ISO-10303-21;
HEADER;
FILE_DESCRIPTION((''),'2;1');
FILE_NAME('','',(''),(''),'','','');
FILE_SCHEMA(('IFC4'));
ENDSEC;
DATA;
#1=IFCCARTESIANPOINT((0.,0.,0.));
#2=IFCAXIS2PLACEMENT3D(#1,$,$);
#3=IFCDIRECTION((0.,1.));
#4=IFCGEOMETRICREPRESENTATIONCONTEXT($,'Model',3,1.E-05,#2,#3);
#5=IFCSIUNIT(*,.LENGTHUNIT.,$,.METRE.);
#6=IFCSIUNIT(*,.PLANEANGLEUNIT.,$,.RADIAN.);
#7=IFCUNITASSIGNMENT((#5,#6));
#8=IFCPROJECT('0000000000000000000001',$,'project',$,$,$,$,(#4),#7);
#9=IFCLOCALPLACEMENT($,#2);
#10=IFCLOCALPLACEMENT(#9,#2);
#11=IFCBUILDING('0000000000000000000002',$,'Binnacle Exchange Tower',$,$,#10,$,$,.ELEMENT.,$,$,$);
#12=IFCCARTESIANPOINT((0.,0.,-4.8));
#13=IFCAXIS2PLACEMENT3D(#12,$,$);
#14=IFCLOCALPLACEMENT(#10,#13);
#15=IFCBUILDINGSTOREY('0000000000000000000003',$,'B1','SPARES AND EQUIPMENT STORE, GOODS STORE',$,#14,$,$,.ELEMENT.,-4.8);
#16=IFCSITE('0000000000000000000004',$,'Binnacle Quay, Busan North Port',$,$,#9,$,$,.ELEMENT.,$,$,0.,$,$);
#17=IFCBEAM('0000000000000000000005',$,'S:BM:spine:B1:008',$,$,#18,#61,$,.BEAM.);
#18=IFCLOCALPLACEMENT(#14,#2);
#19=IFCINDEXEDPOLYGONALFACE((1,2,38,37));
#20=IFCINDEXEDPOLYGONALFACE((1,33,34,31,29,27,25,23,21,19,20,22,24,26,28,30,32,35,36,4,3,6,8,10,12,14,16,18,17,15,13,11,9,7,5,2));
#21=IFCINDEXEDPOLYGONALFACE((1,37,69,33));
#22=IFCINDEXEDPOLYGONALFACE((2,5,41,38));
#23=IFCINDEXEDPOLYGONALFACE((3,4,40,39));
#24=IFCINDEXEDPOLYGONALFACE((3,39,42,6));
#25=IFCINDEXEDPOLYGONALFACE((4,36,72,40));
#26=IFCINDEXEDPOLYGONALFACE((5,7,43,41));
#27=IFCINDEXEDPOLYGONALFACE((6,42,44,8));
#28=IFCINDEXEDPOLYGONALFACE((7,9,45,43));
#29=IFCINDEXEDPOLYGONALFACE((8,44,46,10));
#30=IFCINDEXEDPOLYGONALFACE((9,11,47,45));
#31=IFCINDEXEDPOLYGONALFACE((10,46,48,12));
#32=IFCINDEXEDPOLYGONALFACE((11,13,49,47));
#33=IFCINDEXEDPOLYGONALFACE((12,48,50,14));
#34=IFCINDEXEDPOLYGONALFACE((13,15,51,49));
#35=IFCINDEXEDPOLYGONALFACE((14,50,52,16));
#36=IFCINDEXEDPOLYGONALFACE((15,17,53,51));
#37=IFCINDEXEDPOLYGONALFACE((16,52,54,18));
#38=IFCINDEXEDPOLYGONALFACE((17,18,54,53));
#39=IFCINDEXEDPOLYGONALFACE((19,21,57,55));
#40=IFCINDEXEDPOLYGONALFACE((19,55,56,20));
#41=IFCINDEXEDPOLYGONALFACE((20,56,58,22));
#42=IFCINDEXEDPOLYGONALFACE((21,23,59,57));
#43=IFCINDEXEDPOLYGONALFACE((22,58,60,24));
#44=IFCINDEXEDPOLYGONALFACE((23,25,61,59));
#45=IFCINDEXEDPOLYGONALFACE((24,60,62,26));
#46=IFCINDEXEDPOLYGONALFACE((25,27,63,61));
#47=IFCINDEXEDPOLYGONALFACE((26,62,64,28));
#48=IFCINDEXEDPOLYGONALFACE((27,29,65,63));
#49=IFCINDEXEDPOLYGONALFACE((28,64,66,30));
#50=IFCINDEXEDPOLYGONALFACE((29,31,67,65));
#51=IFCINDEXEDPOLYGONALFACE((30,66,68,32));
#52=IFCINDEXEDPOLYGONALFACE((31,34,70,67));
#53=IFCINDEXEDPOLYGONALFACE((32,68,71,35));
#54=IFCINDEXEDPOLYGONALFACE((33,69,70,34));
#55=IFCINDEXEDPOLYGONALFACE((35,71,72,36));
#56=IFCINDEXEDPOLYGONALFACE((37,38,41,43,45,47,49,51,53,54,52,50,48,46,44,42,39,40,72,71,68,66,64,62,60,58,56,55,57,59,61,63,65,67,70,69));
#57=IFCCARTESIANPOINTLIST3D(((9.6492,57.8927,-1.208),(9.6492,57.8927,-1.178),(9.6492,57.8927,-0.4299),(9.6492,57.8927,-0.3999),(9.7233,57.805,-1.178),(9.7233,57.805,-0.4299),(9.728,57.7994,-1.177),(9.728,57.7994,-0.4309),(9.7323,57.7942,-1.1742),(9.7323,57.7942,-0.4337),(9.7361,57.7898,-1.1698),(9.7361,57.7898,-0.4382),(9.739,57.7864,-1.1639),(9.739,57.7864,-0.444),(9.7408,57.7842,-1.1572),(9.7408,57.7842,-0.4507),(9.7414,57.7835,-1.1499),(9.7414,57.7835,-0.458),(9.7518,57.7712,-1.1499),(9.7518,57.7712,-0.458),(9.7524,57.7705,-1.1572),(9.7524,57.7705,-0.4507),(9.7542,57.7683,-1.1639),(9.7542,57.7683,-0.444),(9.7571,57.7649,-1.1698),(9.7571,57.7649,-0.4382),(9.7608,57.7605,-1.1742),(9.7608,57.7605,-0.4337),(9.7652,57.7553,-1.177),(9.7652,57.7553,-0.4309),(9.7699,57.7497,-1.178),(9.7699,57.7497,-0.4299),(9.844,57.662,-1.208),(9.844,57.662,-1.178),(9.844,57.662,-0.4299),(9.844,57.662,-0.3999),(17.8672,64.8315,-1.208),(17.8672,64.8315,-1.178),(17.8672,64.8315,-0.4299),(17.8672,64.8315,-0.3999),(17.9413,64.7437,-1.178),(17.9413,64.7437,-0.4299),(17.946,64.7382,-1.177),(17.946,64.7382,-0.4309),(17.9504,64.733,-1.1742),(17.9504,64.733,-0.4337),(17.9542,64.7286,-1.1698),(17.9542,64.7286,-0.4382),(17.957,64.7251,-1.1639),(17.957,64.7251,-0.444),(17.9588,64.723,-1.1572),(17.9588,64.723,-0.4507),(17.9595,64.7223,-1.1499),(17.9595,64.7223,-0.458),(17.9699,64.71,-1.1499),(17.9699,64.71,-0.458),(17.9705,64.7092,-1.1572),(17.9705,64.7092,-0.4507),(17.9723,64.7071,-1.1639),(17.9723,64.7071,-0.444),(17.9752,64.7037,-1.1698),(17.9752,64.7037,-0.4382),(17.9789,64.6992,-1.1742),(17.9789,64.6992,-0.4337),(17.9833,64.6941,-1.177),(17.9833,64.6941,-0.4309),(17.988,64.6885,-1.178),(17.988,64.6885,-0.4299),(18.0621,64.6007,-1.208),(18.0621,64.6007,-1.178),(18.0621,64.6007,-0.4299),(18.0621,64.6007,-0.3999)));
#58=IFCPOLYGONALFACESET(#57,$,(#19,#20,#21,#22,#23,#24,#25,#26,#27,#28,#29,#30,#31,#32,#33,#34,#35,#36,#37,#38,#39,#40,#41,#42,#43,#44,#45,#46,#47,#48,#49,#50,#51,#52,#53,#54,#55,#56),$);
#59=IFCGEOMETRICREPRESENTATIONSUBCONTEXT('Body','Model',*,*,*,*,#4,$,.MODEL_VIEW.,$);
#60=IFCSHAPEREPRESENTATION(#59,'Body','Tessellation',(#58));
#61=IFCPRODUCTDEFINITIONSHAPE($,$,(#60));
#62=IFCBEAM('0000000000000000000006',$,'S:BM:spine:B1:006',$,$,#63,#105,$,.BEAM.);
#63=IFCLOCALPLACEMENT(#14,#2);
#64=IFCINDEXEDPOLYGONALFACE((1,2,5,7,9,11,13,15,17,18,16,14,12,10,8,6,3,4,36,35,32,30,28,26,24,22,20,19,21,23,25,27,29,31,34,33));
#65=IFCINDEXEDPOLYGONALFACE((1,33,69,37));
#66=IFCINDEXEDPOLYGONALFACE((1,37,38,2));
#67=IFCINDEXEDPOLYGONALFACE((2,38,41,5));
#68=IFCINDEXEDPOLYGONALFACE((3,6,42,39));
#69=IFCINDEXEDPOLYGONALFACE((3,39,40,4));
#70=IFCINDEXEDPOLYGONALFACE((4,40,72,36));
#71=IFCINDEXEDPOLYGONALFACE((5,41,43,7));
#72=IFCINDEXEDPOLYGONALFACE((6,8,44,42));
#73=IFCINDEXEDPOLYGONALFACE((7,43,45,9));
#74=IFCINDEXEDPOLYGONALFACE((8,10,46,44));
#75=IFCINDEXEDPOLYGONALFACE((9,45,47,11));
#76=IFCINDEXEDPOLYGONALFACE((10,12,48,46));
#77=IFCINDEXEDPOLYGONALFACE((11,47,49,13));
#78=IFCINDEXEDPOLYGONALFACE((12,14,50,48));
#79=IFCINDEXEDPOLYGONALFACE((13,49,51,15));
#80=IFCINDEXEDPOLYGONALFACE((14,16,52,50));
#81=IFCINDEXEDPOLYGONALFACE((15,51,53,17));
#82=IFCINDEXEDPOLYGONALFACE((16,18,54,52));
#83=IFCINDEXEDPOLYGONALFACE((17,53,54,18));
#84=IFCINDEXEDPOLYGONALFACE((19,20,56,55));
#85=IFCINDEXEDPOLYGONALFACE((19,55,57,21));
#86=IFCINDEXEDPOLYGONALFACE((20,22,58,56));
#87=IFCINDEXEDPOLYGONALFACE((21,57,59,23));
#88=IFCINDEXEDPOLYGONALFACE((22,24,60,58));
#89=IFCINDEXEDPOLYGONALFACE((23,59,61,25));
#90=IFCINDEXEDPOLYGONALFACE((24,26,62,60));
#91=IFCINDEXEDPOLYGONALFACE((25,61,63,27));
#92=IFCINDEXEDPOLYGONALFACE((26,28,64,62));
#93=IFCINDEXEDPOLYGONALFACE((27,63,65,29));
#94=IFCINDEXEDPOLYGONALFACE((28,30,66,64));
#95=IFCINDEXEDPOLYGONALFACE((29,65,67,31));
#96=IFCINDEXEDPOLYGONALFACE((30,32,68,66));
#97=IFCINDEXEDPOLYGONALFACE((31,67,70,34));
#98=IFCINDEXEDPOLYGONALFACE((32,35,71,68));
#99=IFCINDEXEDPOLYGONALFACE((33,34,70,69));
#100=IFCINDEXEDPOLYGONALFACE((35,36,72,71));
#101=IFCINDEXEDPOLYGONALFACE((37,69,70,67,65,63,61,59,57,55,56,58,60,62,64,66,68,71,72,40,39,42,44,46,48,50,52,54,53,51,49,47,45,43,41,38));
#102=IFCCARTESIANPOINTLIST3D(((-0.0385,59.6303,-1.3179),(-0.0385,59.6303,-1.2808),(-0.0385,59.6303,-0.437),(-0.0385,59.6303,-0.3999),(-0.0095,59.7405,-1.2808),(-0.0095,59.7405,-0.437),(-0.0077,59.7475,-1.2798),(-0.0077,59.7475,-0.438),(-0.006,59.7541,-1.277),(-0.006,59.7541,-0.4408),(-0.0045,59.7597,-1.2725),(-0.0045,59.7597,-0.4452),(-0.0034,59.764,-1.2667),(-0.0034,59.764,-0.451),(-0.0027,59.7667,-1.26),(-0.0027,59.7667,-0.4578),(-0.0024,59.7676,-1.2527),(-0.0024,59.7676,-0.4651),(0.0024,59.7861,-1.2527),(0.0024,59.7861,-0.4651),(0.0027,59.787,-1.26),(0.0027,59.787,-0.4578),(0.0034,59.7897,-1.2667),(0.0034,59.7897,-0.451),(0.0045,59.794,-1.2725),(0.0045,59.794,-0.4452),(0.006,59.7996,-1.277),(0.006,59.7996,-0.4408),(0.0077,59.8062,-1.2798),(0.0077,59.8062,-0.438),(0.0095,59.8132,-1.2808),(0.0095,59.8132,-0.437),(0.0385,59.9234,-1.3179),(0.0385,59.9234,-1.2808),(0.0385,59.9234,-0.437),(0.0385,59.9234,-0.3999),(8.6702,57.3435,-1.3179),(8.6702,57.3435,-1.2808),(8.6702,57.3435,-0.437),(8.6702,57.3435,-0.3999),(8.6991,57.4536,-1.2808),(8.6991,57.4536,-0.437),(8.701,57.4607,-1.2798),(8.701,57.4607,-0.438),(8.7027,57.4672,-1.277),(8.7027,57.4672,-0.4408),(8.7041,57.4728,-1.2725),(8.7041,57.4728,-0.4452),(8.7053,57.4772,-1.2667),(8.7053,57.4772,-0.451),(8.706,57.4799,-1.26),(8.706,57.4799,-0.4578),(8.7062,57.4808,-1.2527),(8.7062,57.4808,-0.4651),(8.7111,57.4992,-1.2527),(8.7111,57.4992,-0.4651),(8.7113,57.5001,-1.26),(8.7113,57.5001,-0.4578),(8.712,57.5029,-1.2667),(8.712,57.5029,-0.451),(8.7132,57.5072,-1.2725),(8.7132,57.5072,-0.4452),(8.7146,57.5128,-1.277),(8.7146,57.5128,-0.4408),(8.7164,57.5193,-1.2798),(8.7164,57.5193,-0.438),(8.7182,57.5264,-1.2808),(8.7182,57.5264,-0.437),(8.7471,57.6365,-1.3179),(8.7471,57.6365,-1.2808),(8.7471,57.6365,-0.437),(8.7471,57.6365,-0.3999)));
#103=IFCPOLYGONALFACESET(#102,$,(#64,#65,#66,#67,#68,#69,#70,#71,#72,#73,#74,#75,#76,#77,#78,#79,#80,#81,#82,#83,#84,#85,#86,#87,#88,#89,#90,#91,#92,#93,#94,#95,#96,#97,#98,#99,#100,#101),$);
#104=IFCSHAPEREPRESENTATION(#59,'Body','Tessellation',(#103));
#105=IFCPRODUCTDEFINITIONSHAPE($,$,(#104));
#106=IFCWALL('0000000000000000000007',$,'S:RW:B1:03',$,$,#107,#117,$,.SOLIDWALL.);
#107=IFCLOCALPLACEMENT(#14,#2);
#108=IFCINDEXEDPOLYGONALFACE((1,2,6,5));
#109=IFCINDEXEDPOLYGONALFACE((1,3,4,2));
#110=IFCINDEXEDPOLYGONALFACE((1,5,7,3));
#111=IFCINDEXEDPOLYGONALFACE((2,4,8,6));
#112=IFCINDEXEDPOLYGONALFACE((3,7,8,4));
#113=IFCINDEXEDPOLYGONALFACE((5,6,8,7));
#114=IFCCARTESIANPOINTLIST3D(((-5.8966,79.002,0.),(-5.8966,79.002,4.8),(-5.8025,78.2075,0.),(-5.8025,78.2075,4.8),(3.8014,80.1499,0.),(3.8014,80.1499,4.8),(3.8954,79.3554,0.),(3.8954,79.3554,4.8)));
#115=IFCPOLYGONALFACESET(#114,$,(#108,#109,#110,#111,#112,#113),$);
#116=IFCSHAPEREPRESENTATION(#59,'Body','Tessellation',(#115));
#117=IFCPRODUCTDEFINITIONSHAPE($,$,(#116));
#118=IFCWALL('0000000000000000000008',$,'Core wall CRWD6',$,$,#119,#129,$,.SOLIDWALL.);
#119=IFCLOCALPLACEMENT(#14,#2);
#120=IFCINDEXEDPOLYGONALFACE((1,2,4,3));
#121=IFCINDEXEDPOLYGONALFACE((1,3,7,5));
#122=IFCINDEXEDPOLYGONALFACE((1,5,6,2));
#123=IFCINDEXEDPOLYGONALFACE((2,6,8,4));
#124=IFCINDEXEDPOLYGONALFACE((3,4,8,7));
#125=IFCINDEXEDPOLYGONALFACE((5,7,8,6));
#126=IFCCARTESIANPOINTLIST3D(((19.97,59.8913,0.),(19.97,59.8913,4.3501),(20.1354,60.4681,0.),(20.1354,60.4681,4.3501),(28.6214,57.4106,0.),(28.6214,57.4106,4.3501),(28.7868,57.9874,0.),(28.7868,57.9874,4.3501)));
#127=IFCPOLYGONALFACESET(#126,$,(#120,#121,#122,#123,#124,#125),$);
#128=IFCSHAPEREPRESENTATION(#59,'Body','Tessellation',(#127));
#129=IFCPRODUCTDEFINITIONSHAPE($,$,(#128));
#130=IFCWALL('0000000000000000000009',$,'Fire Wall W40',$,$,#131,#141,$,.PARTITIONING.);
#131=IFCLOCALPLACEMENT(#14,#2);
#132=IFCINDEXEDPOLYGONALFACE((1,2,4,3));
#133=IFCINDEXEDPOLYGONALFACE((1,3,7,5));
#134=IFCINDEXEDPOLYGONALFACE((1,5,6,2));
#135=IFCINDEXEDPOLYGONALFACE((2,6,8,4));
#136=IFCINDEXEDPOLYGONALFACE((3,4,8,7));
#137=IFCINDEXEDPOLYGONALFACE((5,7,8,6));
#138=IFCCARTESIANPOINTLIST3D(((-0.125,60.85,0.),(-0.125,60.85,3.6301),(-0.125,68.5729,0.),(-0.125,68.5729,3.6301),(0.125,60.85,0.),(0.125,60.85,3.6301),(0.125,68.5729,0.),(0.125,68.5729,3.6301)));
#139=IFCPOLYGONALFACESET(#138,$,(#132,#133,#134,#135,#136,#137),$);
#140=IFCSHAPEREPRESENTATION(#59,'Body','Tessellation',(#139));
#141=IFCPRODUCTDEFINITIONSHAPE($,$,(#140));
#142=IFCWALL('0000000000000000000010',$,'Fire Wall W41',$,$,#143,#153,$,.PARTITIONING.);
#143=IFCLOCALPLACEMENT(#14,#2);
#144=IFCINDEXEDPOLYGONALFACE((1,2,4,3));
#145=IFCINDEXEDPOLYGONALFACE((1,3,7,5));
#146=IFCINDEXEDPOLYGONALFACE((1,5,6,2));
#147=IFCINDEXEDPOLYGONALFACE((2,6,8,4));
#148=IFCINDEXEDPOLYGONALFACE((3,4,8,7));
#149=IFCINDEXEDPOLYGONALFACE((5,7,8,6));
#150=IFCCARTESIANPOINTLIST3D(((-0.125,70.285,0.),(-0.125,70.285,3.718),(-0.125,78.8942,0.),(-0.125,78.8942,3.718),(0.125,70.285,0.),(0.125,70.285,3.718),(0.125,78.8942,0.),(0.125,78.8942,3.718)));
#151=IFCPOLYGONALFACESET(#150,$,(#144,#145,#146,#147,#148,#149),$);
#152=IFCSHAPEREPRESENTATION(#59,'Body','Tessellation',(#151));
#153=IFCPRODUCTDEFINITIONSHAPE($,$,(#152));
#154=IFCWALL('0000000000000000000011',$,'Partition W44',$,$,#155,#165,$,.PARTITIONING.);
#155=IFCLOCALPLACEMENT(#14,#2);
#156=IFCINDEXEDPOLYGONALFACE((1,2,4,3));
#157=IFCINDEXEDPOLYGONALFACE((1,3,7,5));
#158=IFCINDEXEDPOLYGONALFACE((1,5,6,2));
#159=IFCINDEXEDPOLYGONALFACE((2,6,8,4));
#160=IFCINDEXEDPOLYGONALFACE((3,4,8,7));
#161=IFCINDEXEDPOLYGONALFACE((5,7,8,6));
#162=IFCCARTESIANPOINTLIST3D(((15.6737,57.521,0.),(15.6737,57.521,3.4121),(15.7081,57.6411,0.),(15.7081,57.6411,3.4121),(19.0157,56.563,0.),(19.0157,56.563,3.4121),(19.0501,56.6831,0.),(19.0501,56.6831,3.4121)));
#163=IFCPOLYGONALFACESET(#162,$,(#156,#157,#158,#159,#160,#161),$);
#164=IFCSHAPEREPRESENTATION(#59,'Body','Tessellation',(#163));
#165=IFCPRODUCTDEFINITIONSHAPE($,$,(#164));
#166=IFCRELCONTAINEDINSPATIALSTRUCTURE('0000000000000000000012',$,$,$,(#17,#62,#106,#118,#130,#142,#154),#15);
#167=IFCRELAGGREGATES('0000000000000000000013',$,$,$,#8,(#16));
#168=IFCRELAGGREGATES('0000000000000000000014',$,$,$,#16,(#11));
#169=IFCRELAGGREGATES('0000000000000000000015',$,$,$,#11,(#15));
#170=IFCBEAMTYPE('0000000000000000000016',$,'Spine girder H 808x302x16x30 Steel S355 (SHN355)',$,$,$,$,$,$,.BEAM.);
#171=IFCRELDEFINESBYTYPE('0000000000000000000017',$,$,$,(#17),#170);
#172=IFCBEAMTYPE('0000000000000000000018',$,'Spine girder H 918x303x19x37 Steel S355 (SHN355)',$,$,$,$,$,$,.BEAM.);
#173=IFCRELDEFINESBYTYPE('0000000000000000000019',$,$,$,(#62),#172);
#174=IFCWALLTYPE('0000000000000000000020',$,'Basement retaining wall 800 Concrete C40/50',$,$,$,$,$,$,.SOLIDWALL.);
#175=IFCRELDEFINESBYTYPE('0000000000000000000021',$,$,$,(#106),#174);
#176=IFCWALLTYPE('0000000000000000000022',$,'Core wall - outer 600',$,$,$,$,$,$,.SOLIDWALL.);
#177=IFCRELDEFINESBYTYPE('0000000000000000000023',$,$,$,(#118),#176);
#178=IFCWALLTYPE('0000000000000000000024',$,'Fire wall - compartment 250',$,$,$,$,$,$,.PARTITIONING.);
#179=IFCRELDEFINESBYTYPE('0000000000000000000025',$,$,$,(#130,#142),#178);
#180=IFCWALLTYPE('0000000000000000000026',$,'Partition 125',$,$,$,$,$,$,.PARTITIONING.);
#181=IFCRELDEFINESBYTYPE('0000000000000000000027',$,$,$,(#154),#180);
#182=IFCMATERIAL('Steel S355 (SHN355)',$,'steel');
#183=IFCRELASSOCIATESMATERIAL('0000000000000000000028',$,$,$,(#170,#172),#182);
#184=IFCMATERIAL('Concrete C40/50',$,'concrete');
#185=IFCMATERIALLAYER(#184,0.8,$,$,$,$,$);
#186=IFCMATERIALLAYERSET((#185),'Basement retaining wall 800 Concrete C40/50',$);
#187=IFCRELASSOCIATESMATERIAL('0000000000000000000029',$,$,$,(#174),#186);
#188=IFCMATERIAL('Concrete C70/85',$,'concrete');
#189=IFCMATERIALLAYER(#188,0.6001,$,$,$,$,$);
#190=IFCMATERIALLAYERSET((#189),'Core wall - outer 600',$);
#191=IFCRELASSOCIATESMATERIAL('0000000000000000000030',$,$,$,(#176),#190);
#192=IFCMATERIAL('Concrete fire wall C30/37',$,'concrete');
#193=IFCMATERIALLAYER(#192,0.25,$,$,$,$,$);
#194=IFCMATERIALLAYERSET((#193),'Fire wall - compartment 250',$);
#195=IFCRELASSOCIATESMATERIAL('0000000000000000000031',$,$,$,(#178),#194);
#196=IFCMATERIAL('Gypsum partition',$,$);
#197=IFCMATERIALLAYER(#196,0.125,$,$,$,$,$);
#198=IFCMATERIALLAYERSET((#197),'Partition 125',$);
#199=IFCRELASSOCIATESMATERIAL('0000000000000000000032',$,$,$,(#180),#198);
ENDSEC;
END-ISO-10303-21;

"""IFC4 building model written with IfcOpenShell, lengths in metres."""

from ifc_helpers import new_model, si_unit, direction, frame, frame_2d, origin, origin_2d, place, context, subcontext, project, spatial, rectangle, i_section, extrude, material, layer, layer_set, material_profile, profile_set, type_object, element, save


model = new_model("IFC4")

# Units and contexts
model_context = context("Model", 3, precision=1e-05, world=origin(), true_north=direction((0.0, 1.0)))
body_context = subcontext(model_context, "Body", "Model", "MODEL_VIEW")
ifc_project = project(units=[si_unit("LENGTHUNIT", "METRE"), si_unit("PLANEANGLEUNIT", "RADIAN")], contexts=[model_context])

# Site, building, storey
site_placement = place(None, origin())
site = spatial("IfcSite", under=ifc_project, at=site_placement, Name="Binnacle Quay, Busan North Port", CompositionType="ELEMENT", RefElevation=0.0)
building_placement = place(site_placement, origin())
building = spatial("IfcBuilding", under=site, at=building_placement, Name="Binnacle Exchange Tower", CompositionType="ELEMENT")
storey_placement = place(building_placement, frame((0.0, 0.0, -4.8)))
storey = spatial("IfcBuildingStorey", under=building, at=storey_placement, Name="B1", Description="SPARES AND EQUIPMENT STORE, GOODS STORE", CompositionType="ELEMENT", Elevation=-4.8)

# Shared definitions
ifc_material_1 = material(Name="Concrete C70/85", Category="concrete")

# Beams
ifc_material_2 = material(Name="Steel S355 (SHN355)", Category="steel")
ifc_material_profile_1 = material_profile(ifc_material_2, i_section(OverallWidth=0.302, OverallDepth=0.8081, WebThickness=0.0161, FlangeThickness=0.03, FilletRadius=0.0281, at=origin_2d()), Name="H 808x302x16x30")
ifc_profile_set_1 = profile_set([ifc_material_profile_1], Name="Steel S355 (SHN355)")
beam_type_1 = type_object("IfcBeamType", Name="Spine girder H 808x302x16x30 Steel S355 (SHN355)", PredefinedType="BEAM", material=ifc_profile_set_1)
beam_1_placement = place(storey_placement, frame((9.7466, 57.7773, -0.804), z_axis=(0.764073, 0.64513, 0.0), x_axis=(-0.64513, 0.764073, 0.0)))
element("IfcBeam", 1, at=beam_1_placement, inside=storey, type_object=beam_type_1, Name="S:BM:spine:B1:008", PredefinedType="BEAM", context=body_context, shape_type="SweptSolid", body=[
    extrude(i_section(OverallWidth=0.302, OverallDepth=0.8081, WebThickness=0.0161, FlangeThickness=0.03, FilletRadius=0.0281, at=origin_2d()), origin(), (0.0, 0.0, 1.0), 10.7556),
])
ifc_material_profile_2 = material_profile(ifc_material_2, i_section(OverallWidth=0.303, OverallDepth=0.918, WebThickness=0.019, FlangeThickness=0.0371, FilletRadius=0.0281, at=origin_2d()), Name="H 918x303x19x37")
ifc_profile_set_2 = profile_set([ifc_material_profile_2], Name="Steel S355 (SHN355)")
beam_type_2 = type_object("IfcBeamType", Name="Spine girder H 918x303x19x37 Steel S355 (SHN355)", PredefinedType="BEAM", material=ifc_profile_set_2)
beam_2_placement = place(storey_placement, frame((0.0, 59.7769, -0.8589), z_axis=(0.967209, -0.253983, 0.0), x_axis=(0.253983, 0.967209, 0.0)))
element("IfcBeam", 2, at=beam_2_placement, inside=storey, type_object=beam_type_2, Name="S:BM:spine:B1:006", PredefinedType="BEAM", context=body_context, shape_type="SweptSolid", body=[
    extrude(i_section(OverallWidth=0.303, OverallDepth=0.918, WebThickness=0.019, FlangeThickness=0.0371, FilletRadius=0.0281, at=origin_2d()), origin(), (0.0, 0.0, 1.0), 9.0039),
])

# Walls
ifc_material_3 = material(Name="Concrete C40/50", Category="concrete")
ifc_layer_1 = layer(ifc_material_3, 0.8)
ifc_layer_set_1 = layer_set([ifc_layer_1], Name="Basement retaining wall 800 Concrete C40/50")
wall_type_1 = type_object("IfcWallType", Name="Basement retaining wall 800 Concrete C40/50", PredefinedType="SOLIDWALL", material=ifc_layer_set_1)
wall_1_placement = place(storey_placement, frame((3.8484, 79.7527, 0.0), z_axis=(0.0, 0.0, 1.0), x_axis=(-0.993067, -0.117549, 0.0)))
element("IfcWall", 3, at=wall_1_placement, inside=storey, type_object=wall_type_1, Name="S:RW:B1:03", PredefinedType="SOLIDWALL", context=body_context, shape_type="SweptSolid", body=[
    extrude(rectangle(XDim=9.7656, YDim=0.8, at=frame_2d((4.8828, 0.0))), origin(), (0.0, 0.0, 1.0), 4.8),
])
ifc_layer_2 = layer(ifc_material_1, 0.6001)
ifc_layer_set_2 = layer_set([ifc_layer_2], Name="Core wall - outer 600")
wall_type_2 = type_object("IfcWallType", Name="Core wall - outer 600", PredefinedType="SOLIDWALL", material=ifc_layer_set_2)
wall_2_placement = place(storey_placement, frame((20.0527, 60.1797, 0.0), z_axis=(0.0, 0.0, 1.0), x_axis=(0.961262, -0.275635, 0.0)))
element("IfcWall", 4, at=wall_2_placement, inside=storey, type_object=wall_type_2, Name="Core wall CRWD6", PredefinedType="SOLIDWALL", context=body_context, shape_type="SweptSolid", body=[
    extrude(rectangle(XDim=9.0, YDim=0.6001, at=frame_2d((4.5, 0.0))), origin(), (0.0, 0.0, 1.0), 4.3501),
])
ifc_material_4 = material(Name="Concrete fire wall C30/37", Category="concrete")
ifc_layer_3 = layer(ifc_material_4, 0.25)
ifc_layer_set_3 = layer_set([ifc_layer_3], Name="Fire wall - compartment 250")
wall_type_3 = type_object("IfcWallType", Name="Fire wall - compartment 250", PredefinedType="PARTITIONING", material=ifc_layer_set_3)
wall_3_placement = place(storey_placement, frame((0.0, 60.8501, 0.0), z_axis=(0.0, 0.0, 1.0), x_axis=(0.0, 1.0, 0.0)))
element("IfcWall", 5, at=wall_3_placement, inside=storey, type_object=wall_type_3, Name="Fire Wall W40", PredefinedType="PARTITIONING", context=body_context, shape_type="SweptSolid", body=[
    extrude(rectangle(XDim=7.7229, YDim=0.25, at=frame_2d((3.8613, 0.0))), origin(), (0.0, 0.0, 1.0), 3.6301),
])
wall_4_placement = place(storey_placement, frame((0.0, 70.2849, 0.0), z_axis=(0.0, 0.0, 1.0), x_axis=(0.0, 1.0, 0.0)))
element("IfcWall", 6, at=wall_4_placement, inside=storey, type_object=wall_type_3, Name="Fire Wall W41", PredefinedType="PARTITIONING", context=body_context, shape_type="SweptSolid", body=[
    extrude(rectangle(XDim=8.6091, YDim=0.25, at=frame_2d((4.3047, 0.0))), origin(), (0.0, 0.0, 1.0), 3.718),
])
ifc_material_5 = material(Name="Gypsum partition")
ifc_layer_4 = layer(ifc_material_5, 0.125)
ifc_layer_set_4 = layer_set([ifc_layer_4], Name="Partition 125")
wall_type_4 = type_object("IfcWallType", Name="Partition 125", PredefinedType="PARTITIONING", material=ifc_layer_set_4)
wall_5_placement = place(storey_placement, frame((15.6909, 57.5811, 0.0), z_axis=(0.0, 0.0, 1.0), x_axis=(0.961285, -0.275556, 0.0)))
element("IfcWall", 7, at=wall_5_placement, inside=storey, type_object=wall_type_4, Name="Partition W44", PredefinedType="PARTITIONING", context=body_context, shape_type="SweptSolid", body=[
    extrude(rectangle(XDim=3.4766, YDim=0.125, at=frame_2d((1.7383, 0.0))), origin(), (0.0, 0.0, 1.0), 3.4121),
])

save(model, "model.ifc")
